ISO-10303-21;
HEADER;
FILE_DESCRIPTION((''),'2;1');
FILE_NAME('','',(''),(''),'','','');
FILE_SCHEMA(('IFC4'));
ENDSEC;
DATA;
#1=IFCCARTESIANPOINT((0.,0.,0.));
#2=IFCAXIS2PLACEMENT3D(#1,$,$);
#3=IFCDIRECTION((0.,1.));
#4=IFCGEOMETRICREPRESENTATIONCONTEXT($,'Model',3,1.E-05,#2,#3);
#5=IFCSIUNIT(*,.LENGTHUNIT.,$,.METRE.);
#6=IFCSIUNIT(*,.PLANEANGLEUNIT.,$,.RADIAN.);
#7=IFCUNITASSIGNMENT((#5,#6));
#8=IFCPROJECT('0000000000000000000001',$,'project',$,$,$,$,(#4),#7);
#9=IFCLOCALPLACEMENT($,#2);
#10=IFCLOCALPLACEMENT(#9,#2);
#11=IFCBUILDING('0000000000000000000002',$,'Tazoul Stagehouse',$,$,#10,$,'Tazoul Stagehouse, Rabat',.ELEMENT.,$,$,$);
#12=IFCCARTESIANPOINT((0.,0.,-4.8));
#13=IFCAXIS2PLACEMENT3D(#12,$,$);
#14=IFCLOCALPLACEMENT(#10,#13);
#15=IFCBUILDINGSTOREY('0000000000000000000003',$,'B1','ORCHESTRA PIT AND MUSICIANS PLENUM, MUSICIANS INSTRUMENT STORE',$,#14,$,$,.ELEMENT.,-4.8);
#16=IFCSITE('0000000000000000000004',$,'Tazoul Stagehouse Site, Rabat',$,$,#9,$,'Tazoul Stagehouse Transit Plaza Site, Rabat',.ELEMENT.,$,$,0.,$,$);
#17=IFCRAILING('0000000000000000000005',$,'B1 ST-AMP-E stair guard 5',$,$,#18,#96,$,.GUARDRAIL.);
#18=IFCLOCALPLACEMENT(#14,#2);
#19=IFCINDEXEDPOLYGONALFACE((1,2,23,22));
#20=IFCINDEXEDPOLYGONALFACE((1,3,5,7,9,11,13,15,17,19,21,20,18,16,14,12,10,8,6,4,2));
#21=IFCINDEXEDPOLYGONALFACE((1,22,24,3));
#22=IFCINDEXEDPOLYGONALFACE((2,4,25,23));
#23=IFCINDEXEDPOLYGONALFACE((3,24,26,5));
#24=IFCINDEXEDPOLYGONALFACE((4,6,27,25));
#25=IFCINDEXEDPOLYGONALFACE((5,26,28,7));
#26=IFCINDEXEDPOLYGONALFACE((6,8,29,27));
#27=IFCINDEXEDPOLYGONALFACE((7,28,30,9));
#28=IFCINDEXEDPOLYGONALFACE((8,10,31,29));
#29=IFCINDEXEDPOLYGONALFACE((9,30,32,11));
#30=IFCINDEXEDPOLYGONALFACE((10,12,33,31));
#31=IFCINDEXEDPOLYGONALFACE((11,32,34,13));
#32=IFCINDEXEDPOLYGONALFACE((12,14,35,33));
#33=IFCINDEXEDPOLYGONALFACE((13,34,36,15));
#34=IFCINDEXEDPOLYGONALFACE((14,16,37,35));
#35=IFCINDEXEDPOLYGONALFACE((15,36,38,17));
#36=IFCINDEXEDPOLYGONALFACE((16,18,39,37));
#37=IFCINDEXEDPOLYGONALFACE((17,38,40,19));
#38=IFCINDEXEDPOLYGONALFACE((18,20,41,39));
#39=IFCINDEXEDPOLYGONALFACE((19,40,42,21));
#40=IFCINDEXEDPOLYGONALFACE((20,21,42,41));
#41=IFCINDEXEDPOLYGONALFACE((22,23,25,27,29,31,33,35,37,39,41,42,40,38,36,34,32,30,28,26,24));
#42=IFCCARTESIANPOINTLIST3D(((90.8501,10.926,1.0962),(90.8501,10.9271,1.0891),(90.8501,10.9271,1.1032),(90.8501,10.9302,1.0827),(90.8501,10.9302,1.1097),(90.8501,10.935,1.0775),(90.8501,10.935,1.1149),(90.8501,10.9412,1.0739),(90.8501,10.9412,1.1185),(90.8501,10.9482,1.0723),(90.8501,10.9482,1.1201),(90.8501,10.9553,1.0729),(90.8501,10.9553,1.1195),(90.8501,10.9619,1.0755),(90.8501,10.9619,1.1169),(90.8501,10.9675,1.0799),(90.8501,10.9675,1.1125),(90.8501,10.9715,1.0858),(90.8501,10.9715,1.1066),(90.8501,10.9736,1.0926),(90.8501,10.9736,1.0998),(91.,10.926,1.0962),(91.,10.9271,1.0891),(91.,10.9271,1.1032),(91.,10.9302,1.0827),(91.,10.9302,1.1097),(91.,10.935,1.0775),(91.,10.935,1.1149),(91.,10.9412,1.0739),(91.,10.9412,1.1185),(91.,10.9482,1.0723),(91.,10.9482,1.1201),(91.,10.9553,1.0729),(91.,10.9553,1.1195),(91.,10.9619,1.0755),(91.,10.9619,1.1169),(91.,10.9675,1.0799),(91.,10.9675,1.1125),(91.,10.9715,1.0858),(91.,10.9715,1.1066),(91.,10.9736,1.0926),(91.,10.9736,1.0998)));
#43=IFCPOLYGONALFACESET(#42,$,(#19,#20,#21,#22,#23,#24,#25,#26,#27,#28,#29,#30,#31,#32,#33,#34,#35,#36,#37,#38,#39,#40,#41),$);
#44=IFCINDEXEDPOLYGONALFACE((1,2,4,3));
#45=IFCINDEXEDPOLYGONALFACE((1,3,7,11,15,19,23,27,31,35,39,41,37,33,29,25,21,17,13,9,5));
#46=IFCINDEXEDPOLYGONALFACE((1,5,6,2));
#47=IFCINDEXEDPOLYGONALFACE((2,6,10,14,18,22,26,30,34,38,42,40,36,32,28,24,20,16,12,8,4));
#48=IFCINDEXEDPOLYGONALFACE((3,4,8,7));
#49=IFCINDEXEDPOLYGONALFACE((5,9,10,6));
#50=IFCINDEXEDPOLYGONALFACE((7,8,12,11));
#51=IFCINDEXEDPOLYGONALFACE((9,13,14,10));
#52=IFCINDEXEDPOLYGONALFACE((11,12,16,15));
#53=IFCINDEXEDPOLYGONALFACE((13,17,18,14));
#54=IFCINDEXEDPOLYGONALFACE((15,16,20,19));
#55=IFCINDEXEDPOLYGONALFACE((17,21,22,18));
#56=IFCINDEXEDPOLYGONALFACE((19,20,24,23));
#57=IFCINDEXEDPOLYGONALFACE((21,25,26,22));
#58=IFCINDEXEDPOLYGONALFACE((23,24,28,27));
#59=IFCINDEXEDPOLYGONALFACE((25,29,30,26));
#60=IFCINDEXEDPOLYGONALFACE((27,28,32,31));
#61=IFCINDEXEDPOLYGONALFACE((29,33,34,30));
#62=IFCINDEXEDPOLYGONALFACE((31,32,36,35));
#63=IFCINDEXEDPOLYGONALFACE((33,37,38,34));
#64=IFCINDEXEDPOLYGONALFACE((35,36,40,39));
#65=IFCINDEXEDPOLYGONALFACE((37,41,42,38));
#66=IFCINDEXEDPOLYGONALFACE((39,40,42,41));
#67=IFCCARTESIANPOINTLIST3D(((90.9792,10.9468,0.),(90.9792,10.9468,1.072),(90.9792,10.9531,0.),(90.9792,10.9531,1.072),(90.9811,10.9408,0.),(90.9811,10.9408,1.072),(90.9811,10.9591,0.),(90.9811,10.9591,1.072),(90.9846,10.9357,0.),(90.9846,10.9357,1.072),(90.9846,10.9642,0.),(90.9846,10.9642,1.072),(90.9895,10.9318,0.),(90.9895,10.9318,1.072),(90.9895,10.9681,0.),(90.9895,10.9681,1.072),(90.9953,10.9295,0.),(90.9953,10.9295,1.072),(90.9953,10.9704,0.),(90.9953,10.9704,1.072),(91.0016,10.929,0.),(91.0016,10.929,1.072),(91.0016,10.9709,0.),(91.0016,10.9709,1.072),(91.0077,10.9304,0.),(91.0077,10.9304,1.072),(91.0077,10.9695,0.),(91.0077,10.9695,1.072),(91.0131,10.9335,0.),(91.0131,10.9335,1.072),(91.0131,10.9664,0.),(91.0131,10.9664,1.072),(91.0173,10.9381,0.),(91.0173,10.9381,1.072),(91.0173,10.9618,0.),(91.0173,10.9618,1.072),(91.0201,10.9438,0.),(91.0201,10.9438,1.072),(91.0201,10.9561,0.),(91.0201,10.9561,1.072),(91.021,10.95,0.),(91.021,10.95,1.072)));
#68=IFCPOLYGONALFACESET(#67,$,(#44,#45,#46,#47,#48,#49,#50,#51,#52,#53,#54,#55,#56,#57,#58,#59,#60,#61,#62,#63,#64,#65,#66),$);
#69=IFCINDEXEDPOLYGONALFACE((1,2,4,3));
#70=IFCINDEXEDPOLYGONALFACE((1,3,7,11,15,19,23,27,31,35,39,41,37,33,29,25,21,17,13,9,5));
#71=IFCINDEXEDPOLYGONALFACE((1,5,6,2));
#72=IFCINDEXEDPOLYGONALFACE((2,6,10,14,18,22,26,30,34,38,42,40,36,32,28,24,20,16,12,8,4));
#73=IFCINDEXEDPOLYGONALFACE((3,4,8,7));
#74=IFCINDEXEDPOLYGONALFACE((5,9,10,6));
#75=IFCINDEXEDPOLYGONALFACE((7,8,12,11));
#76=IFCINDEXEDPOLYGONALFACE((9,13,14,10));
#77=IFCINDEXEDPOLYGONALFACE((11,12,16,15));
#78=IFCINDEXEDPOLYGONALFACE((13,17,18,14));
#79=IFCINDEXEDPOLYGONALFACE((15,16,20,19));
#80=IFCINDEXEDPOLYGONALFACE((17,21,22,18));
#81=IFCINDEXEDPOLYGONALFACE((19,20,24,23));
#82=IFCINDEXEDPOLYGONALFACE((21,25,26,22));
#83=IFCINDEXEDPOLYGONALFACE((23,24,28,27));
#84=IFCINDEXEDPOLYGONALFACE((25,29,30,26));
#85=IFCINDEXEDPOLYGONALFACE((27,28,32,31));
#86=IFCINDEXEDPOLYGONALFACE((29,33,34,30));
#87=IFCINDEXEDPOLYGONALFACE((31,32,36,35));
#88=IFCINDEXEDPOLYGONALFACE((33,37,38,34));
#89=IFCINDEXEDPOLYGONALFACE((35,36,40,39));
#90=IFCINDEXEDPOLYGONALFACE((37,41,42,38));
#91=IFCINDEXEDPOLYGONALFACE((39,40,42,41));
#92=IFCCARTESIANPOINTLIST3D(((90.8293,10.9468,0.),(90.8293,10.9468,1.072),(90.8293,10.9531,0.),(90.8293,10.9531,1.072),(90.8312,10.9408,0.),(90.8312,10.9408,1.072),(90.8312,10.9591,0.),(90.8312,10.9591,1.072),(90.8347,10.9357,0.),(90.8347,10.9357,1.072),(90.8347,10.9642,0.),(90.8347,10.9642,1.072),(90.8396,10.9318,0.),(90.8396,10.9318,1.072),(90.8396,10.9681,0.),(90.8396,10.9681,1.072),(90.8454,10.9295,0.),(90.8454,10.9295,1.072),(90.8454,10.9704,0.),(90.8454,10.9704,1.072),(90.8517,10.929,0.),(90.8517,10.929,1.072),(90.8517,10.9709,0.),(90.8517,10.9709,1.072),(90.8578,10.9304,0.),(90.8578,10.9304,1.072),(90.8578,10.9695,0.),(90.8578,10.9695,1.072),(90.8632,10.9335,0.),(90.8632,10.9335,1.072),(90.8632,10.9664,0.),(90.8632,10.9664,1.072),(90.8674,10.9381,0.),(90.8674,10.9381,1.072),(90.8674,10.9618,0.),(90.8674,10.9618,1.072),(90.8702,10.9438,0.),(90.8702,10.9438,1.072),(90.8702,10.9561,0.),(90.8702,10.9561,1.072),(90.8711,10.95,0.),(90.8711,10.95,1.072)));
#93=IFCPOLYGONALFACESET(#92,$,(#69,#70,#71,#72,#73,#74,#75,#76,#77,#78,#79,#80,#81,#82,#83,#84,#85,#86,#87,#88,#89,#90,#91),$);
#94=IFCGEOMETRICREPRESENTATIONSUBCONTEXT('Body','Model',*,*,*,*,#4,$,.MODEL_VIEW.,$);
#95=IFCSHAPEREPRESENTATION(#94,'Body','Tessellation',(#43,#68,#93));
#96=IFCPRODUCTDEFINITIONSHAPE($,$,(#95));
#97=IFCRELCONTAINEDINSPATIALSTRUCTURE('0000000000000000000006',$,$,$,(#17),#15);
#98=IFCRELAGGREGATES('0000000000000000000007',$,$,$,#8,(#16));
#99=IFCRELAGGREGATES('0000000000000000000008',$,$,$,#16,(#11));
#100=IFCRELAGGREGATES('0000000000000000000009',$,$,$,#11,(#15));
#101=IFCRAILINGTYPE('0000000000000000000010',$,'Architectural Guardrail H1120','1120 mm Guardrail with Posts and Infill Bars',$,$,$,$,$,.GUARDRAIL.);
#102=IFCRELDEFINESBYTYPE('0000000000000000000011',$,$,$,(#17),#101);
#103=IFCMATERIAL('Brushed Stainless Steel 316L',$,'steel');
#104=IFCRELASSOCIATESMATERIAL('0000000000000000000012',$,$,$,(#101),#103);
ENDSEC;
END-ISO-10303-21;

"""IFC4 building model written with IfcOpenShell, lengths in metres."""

from ifc_helpers import new_model, si_unit, direction, frame, origin, origin_2d, place, context, subcontext, project, spatial, circle, extrude, material, material_profile, profile_set, type_object, element, save


model = new_model("IFC4")

# Units and contexts
model_context = context("Model", 3, precision=1e-05, world=origin(), true_north=direction((0.0, 1.0)))
body_context = subcontext(model_context, "Body", "Model", "MODEL_VIEW")
ifc_project = project(units=[si_unit("LENGTHUNIT", "METRE"), si_unit("PLANEANGLEUNIT", "RADIAN")], contexts=[model_context])

# Site, building, storey
site_placement = place(None, origin())
site = spatial("IfcSite", under=ifc_project, at=site_placement, Name="Tazoul Stagehouse Site, Rabat", LongName="Tazoul Stagehouse Transit Plaza Site, Rabat", CompositionType="ELEMENT", RefElevation=0.0)
building_placement = place(site_placement, origin())
building = spatial("IfcBuilding", under=site, at=building_placement, Name="Tazoul Stagehouse", LongName="Tazoul Stagehouse, Rabat", CompositionType="ELEMENT")
storey_placement = place(building_placement, frame((0.0, 0.0, -4.8)))
storey = spatial("IfcBuildingStorey", under=building, at=storey_placement, Name="B1", Description="ORCHESTRA PIT AND MUSICIANS PLENUM, MUSICIANS INSTRUMENT STORE", CompositionType="ELEMENT", Elevation=-4.8)

# Railing
ifc_material_1 = material(Name="Brushed Stainless Steel 316L", Category="steel")
ifc_material_profile_1 = material_profile(ifc_material_1, circle(Radius=0.0239, at=origin_2d()), Name="SS RAIL D48")
ifc_profile_set_1 = profile_set([ifc_material_profile_1], Name="Brushed Stainless Steel 316L")
railing_type_1 = type_object("IfcRailingType", Name="Architectural Guardrail H1120", Description="1120 mm Guardrail with Posts and Infill Bars", PredefinedType="GUARDRAIL", material=ifc_profile_set_1)
railing_1_placement = place(storey_placement, frame((91.0, 10.95, 0.0)))
element("IfcRailing", 1, at=railing_1_placement, inside=storey, type_object=railing_type_1, Name="B1 ST-AMP-E stair guard 5", PredefinedType="GUARDRAIL", context=body_context, shape_type="SweptSolid", body=[
    extrude(circle(Radius=0.0239, at=origin_2d()), frame((0.0, 0.0, 1.0962), z_axis=(-1.0, 0.0, 0.0), x_axis=(0.0, -1.0, 0.0)), (0.0, 0.0, 1.0), 0.1499),
    extrude(circle(Radius=0.021, at=origin_2d()), origin(), (0.0, 0.0, 1.0), 1.072),
    extrude(circle(Radius=0.021, at=origin_2d()), frame((-0.1499, 0.0, 0.0)), (0.0, 0.0, 1.0), 1.072),
])

save(model, "model.ifc")
